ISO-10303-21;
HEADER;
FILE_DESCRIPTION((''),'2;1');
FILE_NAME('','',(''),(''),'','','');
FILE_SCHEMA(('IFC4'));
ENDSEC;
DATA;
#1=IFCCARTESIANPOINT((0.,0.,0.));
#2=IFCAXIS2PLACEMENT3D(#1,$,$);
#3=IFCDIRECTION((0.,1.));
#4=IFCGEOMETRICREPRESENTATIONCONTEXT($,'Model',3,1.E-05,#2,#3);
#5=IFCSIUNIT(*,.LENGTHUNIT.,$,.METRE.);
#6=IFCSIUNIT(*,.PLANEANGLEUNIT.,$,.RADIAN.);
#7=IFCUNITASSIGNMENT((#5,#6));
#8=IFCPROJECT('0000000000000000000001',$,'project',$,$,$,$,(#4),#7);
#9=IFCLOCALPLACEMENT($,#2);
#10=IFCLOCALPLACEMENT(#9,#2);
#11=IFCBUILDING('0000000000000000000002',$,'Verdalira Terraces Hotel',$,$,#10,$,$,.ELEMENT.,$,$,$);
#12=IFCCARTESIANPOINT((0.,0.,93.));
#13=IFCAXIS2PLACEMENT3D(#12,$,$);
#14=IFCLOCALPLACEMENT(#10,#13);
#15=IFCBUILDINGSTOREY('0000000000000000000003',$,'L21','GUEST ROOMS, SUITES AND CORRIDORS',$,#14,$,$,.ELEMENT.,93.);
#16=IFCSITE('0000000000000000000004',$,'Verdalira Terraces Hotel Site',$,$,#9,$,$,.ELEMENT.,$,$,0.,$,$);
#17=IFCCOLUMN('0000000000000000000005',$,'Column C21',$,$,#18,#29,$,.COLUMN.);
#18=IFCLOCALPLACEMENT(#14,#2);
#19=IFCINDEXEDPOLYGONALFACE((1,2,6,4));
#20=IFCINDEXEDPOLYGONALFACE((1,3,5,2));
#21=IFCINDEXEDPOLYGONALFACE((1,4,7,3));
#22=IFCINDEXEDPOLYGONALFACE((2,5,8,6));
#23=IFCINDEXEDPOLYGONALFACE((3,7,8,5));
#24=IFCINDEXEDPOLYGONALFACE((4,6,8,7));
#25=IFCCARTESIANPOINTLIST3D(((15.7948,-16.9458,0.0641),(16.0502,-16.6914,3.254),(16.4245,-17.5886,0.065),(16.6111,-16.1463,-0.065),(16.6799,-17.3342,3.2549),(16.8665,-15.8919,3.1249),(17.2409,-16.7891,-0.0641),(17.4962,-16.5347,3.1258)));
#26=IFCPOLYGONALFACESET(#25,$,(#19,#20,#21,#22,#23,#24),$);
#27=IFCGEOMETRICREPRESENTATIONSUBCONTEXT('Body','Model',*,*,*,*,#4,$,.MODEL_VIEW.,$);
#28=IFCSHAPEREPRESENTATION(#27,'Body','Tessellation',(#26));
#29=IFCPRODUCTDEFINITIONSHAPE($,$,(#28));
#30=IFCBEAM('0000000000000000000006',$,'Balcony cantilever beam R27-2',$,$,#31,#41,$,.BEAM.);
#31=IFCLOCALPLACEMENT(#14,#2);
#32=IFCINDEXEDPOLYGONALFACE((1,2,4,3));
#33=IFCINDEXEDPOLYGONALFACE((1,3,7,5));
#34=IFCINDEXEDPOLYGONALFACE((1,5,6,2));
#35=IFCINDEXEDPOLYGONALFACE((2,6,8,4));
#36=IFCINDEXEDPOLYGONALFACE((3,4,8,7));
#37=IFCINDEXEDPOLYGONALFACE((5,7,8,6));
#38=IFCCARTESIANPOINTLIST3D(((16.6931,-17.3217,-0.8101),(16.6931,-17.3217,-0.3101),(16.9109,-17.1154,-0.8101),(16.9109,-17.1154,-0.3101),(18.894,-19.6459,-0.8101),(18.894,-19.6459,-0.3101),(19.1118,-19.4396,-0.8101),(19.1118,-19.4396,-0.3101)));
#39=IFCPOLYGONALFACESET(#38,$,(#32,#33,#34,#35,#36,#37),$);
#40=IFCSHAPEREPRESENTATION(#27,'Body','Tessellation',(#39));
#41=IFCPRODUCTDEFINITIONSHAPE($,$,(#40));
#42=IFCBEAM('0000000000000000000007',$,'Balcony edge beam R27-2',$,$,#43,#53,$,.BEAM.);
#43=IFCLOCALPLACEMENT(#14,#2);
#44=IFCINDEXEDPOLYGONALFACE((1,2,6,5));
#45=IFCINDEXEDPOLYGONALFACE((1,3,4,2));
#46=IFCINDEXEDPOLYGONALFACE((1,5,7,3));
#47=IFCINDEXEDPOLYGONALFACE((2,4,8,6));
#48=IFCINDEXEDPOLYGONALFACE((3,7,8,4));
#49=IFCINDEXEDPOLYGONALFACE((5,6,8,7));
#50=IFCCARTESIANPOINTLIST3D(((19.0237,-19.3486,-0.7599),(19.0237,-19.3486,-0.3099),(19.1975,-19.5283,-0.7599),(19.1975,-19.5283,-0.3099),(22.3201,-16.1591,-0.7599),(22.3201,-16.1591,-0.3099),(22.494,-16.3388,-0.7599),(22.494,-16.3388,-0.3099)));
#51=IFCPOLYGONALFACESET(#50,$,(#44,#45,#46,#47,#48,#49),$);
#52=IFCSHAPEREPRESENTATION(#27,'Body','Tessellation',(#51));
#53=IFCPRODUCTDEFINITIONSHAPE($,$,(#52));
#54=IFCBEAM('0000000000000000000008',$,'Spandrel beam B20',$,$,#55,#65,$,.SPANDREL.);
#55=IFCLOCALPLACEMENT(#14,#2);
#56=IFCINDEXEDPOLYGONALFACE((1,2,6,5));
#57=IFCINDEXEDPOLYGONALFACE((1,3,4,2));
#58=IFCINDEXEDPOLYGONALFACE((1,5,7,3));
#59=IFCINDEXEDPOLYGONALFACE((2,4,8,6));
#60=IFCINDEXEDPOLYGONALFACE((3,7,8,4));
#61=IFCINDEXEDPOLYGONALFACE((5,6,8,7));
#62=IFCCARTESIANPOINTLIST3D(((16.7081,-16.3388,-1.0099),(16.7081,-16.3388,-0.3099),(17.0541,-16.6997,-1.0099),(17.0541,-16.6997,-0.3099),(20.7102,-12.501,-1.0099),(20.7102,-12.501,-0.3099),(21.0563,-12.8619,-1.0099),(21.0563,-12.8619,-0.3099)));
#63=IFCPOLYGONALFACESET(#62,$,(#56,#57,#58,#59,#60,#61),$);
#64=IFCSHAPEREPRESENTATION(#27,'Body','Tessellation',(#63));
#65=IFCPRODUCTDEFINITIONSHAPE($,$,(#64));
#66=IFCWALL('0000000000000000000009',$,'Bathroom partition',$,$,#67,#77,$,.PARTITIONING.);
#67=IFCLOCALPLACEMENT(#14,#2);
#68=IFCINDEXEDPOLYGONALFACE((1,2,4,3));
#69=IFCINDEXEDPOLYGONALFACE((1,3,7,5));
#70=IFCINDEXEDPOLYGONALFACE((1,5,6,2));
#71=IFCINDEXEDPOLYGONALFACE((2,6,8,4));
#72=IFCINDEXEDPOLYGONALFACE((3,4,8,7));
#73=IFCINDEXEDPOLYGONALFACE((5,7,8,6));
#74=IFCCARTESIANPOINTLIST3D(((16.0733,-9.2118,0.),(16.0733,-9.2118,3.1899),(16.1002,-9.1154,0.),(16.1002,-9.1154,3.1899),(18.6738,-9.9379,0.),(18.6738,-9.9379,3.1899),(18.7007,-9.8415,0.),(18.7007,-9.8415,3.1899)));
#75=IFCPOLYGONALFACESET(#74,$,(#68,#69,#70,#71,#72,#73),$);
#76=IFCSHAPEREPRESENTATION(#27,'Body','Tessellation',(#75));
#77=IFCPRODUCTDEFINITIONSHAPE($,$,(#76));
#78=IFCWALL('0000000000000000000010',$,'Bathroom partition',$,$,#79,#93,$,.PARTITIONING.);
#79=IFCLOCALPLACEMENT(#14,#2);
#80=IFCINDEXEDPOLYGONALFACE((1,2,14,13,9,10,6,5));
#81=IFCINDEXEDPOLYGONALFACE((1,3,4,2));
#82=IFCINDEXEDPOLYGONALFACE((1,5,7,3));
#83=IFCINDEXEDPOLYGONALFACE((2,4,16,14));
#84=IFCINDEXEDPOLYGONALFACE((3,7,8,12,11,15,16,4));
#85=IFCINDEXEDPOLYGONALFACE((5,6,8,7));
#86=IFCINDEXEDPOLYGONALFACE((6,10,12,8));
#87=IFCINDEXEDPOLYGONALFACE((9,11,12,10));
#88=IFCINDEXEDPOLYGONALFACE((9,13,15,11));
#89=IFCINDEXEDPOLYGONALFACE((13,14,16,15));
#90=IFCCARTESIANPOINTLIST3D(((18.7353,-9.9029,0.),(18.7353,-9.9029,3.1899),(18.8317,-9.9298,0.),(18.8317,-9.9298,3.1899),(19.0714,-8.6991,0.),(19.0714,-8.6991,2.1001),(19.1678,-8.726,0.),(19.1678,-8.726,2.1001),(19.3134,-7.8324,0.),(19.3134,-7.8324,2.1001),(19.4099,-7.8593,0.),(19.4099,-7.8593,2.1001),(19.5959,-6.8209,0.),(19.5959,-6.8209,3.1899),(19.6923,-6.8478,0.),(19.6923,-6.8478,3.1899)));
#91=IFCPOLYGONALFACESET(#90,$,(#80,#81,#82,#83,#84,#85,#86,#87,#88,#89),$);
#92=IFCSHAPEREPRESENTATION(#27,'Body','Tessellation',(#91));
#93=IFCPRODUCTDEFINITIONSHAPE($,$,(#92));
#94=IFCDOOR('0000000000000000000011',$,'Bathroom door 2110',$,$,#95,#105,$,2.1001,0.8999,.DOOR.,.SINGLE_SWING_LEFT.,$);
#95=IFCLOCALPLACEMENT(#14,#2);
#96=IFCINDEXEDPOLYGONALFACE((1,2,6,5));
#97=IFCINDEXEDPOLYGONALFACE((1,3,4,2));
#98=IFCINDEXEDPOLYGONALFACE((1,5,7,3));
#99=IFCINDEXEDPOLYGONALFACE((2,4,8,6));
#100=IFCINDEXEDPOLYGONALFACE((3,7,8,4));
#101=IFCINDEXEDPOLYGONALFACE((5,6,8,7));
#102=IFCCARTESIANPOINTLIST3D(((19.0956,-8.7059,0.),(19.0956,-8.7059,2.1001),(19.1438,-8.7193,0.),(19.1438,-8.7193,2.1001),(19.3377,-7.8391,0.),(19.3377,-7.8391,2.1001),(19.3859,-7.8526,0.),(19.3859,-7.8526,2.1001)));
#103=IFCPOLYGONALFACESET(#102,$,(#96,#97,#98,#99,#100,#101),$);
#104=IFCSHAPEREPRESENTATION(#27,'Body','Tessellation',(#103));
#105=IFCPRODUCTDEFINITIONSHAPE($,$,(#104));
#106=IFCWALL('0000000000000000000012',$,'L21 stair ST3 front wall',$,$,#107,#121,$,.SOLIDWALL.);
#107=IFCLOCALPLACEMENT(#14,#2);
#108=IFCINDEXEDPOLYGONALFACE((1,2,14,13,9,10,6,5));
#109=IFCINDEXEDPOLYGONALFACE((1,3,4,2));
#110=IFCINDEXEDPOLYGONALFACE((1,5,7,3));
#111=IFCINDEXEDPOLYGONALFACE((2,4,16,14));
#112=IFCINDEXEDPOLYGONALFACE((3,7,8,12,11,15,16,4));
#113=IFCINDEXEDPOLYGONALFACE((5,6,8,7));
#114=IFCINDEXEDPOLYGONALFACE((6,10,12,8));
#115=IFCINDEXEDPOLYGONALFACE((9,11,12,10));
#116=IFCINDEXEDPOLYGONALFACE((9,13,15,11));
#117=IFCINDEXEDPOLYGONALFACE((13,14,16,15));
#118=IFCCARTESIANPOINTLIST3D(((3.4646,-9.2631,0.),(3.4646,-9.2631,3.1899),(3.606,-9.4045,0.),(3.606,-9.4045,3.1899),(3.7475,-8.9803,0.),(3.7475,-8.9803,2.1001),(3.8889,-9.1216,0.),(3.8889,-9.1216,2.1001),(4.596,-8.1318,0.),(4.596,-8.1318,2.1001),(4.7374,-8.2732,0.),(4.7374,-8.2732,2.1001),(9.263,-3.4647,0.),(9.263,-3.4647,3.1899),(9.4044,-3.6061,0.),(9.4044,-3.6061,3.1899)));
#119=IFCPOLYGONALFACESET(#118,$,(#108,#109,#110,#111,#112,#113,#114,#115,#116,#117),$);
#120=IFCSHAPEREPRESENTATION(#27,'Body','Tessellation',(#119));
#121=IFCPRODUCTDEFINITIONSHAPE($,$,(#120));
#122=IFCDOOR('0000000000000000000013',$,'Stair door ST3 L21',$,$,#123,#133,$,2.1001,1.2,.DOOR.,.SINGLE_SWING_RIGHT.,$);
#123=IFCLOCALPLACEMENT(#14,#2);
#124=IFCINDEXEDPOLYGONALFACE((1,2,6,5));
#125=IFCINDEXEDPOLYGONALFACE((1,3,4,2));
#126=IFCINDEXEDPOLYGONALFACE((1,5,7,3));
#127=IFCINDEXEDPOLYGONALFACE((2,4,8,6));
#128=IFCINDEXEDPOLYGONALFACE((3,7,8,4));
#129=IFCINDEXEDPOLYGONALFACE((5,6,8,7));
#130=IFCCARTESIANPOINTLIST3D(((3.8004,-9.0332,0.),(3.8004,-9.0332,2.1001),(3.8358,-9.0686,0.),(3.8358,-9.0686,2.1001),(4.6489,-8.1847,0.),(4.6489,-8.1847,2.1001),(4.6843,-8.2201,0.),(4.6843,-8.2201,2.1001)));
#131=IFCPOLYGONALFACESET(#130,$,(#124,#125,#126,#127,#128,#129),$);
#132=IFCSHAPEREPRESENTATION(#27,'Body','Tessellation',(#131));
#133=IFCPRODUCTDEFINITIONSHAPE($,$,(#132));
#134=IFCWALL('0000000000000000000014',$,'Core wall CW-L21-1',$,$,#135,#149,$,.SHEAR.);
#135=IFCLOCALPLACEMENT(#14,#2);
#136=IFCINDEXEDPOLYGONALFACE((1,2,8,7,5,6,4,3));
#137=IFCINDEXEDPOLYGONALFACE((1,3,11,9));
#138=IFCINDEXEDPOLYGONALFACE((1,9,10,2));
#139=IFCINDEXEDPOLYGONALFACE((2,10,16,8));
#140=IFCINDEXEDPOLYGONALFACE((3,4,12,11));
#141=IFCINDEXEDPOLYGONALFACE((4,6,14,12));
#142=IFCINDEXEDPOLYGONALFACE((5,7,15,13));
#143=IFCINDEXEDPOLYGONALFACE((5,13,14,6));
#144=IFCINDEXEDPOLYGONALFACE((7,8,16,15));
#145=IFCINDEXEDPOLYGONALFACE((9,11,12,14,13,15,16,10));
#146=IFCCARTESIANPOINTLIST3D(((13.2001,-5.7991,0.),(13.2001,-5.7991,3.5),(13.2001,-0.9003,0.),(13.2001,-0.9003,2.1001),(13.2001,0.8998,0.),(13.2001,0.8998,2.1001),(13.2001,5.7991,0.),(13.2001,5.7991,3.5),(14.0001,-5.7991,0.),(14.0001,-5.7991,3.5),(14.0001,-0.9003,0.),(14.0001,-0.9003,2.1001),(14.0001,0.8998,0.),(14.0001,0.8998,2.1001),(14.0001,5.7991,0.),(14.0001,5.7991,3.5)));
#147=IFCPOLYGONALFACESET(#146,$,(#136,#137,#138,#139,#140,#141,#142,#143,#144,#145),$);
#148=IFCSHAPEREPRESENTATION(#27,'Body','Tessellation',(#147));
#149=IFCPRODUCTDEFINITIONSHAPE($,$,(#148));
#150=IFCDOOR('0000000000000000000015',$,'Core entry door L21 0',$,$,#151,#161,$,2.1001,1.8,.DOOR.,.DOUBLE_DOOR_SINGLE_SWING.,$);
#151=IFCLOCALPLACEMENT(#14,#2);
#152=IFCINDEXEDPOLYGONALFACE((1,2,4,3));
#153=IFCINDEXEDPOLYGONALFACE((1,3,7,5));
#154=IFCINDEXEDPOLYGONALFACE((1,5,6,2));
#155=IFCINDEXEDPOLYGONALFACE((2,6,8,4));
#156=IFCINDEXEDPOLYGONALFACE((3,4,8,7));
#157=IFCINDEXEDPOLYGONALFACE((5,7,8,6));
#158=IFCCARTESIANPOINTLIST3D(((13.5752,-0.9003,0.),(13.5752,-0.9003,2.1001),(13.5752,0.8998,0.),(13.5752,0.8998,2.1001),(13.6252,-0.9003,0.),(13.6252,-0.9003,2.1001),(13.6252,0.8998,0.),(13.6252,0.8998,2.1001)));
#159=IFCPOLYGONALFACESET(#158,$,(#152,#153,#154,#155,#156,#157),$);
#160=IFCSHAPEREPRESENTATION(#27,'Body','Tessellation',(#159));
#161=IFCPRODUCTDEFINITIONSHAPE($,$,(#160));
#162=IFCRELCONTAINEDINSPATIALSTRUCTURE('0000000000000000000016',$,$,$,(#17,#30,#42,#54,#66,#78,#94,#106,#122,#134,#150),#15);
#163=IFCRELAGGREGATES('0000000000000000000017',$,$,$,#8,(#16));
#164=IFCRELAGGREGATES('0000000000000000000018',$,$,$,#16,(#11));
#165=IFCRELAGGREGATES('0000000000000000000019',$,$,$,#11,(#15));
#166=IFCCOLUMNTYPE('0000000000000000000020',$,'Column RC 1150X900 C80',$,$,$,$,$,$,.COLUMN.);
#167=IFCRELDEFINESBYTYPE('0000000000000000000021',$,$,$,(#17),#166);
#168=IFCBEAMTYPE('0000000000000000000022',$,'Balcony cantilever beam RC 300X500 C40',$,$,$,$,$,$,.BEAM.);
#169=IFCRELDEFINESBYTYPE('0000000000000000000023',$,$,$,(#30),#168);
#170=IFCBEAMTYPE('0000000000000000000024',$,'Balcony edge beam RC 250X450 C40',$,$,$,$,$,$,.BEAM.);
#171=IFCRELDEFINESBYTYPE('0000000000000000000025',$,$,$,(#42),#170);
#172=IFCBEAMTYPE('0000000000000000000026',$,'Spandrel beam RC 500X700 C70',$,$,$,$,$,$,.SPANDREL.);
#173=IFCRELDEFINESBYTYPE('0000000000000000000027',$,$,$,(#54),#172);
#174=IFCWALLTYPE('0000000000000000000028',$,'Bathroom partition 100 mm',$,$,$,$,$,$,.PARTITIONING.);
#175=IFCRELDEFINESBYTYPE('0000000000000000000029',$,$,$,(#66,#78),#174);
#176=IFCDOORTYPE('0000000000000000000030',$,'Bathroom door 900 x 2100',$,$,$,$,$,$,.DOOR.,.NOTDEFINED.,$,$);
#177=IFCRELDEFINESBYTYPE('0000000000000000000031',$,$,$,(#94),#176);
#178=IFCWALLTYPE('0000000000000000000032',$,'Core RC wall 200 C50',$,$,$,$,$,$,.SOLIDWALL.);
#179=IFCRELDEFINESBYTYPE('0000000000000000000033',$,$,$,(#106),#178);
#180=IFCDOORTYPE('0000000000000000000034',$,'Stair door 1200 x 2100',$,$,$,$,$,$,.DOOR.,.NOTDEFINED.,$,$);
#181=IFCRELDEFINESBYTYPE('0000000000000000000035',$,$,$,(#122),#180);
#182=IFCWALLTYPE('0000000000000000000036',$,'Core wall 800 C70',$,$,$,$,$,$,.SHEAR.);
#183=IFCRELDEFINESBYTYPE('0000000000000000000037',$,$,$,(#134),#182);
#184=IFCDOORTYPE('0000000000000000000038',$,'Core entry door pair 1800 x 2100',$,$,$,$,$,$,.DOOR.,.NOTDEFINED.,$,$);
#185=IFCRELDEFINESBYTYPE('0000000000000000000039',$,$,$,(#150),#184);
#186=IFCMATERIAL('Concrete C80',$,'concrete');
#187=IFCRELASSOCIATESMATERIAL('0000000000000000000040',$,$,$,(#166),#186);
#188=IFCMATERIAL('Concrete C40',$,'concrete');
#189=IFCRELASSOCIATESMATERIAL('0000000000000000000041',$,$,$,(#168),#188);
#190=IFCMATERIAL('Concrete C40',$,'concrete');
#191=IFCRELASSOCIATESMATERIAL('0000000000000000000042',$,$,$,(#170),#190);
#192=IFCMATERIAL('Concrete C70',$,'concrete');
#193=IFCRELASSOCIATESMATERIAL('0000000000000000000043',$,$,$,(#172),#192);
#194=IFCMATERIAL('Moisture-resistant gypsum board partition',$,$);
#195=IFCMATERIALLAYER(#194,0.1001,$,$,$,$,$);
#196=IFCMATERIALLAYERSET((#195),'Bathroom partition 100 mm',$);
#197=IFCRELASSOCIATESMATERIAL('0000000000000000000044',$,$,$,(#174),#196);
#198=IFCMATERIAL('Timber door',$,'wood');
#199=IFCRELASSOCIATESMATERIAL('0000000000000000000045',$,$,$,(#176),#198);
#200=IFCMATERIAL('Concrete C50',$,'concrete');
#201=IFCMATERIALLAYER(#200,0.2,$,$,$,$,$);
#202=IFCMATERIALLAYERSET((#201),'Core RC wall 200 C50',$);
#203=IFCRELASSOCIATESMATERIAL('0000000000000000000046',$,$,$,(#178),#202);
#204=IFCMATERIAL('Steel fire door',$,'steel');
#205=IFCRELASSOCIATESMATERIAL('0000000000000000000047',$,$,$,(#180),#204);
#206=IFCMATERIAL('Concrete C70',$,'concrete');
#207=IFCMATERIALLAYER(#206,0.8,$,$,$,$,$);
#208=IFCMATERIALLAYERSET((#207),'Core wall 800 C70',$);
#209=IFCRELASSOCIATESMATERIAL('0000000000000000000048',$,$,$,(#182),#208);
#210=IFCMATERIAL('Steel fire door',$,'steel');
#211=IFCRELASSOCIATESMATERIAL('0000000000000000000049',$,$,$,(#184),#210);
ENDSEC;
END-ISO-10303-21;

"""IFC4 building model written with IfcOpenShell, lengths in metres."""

from ifc_helpers import new_model, si_unit, direction, frame, frame_2d, origin, origin_2d, place, context, subcontext, project, spatial, rectangle, extrude, material, layer, layer_set, material_profile, profile_set, type_object, element, fill, save


model = new_model("IFC4")

# Units and contexts
model_context = context("Model", 3, precision=1e-05, world=origin(), true_north=direction((0.0, 1.0)))
body_context = subcontext(model_context, "Body", "Model", "MODEL_VIEW")
ifc_project = project(units=[si_unit("LENGTHUNIT", "METRE"), si_unit("PLANEANGLEUNIT", "RADIAN")], contexts=[model_context])

# Site, building, storey
site_placement = place(None, origin())
site = spatial("IfcSite", under=ifc_project, at=site_placement, Name="Verdalira Terraces Hotel Site", CompositionType="ELEMENT", RefElevation=0.0)
building_placement = place(site_placement, origin())
building = spatial("IfcBuilding", under=site, at=building_placement, Name="Verdalira Terraces Hotel", CompositionType="ELEMENT")
storey_placement = place(building_placement, frame((0.0, 0.0, 93.0)))
storey = spatial("IfcBuildingStorey", under=building, at=storey_placement, Name="L21", Description="GUEST ROOMS, SUITES AND CORRIDORS", CompositionType="ELEMENT", Elevation=93.0)

# Column
ifc_material_1 = material(Name="Concrete C80", Category="concrete")
ifc_material_profile_1 = material_profile(ifc_material_1, rectangle(XDim=1.1499, YDim=0.8999, at=origin_2d()), Name="RC 1150X900")
ifc_profile_set_1 = profile_set([ifc_material_profile_1], Name="Concrete C80")
column_type = type_object("IfcColumnType", Name="Column RC 1150X900 C80", PredefinedType="COLUMN", material=ifc_profile_set_1)
column_placement = place(storey_placement, frame((16.5178, -16.8674, 0.0), z_axis=(0.079549, 0.079245, 0.993676), x_axis=(0.709905, 0.695289, -0.11228)))
element("IfcColumn", 1, at=column_placement, inside=storey, type_object=column_type, Name="Column C21", PredefinedType="COLUMN", context=body_context, shape_type="SweptSolid", body=[
    extrude(rectangle(XDim=1.1499, YDim=0.8999, at=origin_2d()), origin(), (0.0, 0.0, 1.0), 3.2102),
])

# Beams
ifc_material_2 = material(Name="Concrete C40", Category="concrete")
ifc_material_profile_2 = material_profile(ifc_material_2, rectangle(XDim=0.3, YDim=0.5, at=origin_2d()), Name="RC 300X500")
ifc_profile_set_2 = profile_set([ifc_material_profile_2], Name="Concrete C40")
beam_type_1 = type_object("IfcBeamType", Name="Balcony cantilever beam RC 300X500 C40", PredefinedType="BEAM", material=ifc_profile_set_2)
beam_1_placement = place(storey_placement, frame((16.802, -17.2185, -0.5601), z_axis=(0.687586, -0.726103, 0.0), x_axis=(0.726103, 0.687586, 0.0)))
element("IfcBeam", 2, at=beam_1_placement, inside=storey, type_object=beam_type_1, Name="Balcony cantilever beam R27-2", PredefinedType="BEAM", context=body_context, shape_type="SweptSolid", body=[
    extrude(rectangle(XDim=0.3, YDim=0.5, at=origin_2d()), origin(), (0.0, 0.0, 1.0), 3.2009),
])
ifc_material_3 = material(Name="Concrete C40", Category="concrete")
ifc_material_profile_3 = material_profile(ifc_material_3, rectangle(XDim=0.25, YDim=0.45, at=origin_2d()), Name="RC 250X450")
ifc_profile_set_3 = profile_set([ifc_material_profile_3], Name="Concrete C40")
beam_type_2 = type_object("IfcBeamType", Name="Balcony edge beam RC 250X450 C40", PredefinedType="BEAM", material=ifc_profile_set_3)
beam_2_placement = place(storey_placement, frame((19.1106, -19.4385, -0.5349), z_axis=(0.718667, 0.695354, 0.0), x_axis=(-0.695354, 0.718667, 0.0)))
element("IfcBeam", 3, at=beam_2_placement, inside=storey, type_object=beam_type_2, Name="Balcony edge beam R27-2", PredefinedType="BEAM", context=body_context, shape_type="SweptSolid", body=[
    extrude(rectangle(XDim=0.25, YDim=0.45, at=origin_2d()), origin(), (0.0, 0.0, 1.0), 4.5869),
])
ifc_material_4 = material(Name="Concrete C70", Category="concrete")
ifc_material_profile_4 = material_profile(ifc_material_4, rectangle(XDim=0.5, YDim=0.7, at=origin_2d()), Name="RC 500X700")
ifc_profile_set_4 = profile_set([ifc_material_profile_4], Name="Concrete C70")
beam_type_3 = type_object("IfcBeamType", Name="Spandrel beam RC 500X700 C70", PredefinedType="SPANDREL", material=ifc_profile_set_4)
beam_3_placement = place(storey_placement, frame((16.8811, -16.5193, -0.6599), z_axis=(0.721767, 0.692136, 0.0), x_axis=(-0.692136, 0.721767, 0.0)))
element("IfcBeam", 4, at=beam_3_placement, inside=storey, type_object=beam_type_3, Name="Spandrel beam B20", PredefinedType="SPANDREL", context=body_context, shape_type="SweptSolid", body=[
    extrude(rectangle(XDim=0.5, YDim=0.7, at=origin_2d()), origin(), (0.0, 0.0, 1.0), 5.5449),
])

# Wall
ifc_material_5 = material(Name="Moisture-resistant gypsum board partition")
ifc_layer_1 = layer(ifc_material_5, 0.1001)
ifc_layer_set_1 = layer_set([ifc_layer_1], Name="Bathroom partition 100 mm")
wall_type_1 = type_object("IfcWallType", Name="Bathroom partition 100 mm", PredefinedType="PARTITIONING", material=ifc_layer_set_1)
wall_1_placement = place(storey_placement, frame((16.0867, -9.1636, 0.0), z_axis=(0.0, 0.0, 1.0), x_axis=(0.963165, -0.268912, 0.0)))
element("IfcWall", 5, at=wall_1_placement, inside=storey, type_object=wall_type_1, Name="Bathroom partition", PredefinedType="PARTITIONING", context=body_context, shape_type="SweptSolid", body=[
    extrude(rectangle(XDim=2.7, YDim=0.1001, at=frame_2d((1.3501, 0.0))), origin(), (0.0, 0.0, 1.0), 3.1899),
])

# Walls, openings, doors
wall_2_placement = place(storey_placement, frame((18.7834, -9.9165, 0.0), z_axis=(0.0, 0.0, 1.0), x_axis=(0.268942, 0.963156, 0.0)))
wall_2 = element("IfcWall", 6, at=wall_2_placement, inside=storey, type_object=wall_type_1, Name="Bathroom partition", PredefinedType="PARTITIONING", context=body_context, shape_type="SweptSolid", body=[
    extrude(rectangle(XDim=3.2, YDim=0.1001, at=frame_2d((1.6001, 0.0))), origin(), (0.0, 0.0, 1.0), 3.1899),
])
opening_1_placement = place(wall_2_placement, frame((1.25, 0.0, 0.0)))
opening_1 = element("IfcOpeningElement", 7, at=opening_1_placement, cuts=wall_2, PredefinedType="OPENING", context=body_context, shape_type="SweptSolid", body=[
    extrude(rectangle(XDim=0.8999, YDim=2.1001, at=frame_2d((0.45, 1.05))), frame((0.0, 0.0601, 0.0), z_axis=(0.0, -1.0, 0.0), x_axis=(1.0, 0.0, 0.0)), (0.0, 0.0, 1.0), 0.1201),
])
ifc_material_6 = material(Name="Timber door", Category="wood")
door_type_1 = type_object("IfcDoorType", Name="Bathroom door 900 x 2100", OperationType="NOTDEFINED", PredefinedType="DOOR", material=ifc_material_6)
door_1_placement = place(opening_1_placement, origin())
door_1 = element("IfcDoor", 8, at=door_1_placement, inside=storey, type_object=door_type_1, Name="Bathroom door 2110", OperationType="SINGLE_SWING_LEFT", OverallHeight=2.1001, OverallWidth=0.8999, PredefinedType="DOOR", context=body_context, shape_type="SweptSolid", body=[
    extrude(rectangle(XDim=0.8999, YDim=2.1001, at=frame_2d((0.45, 1.05))), frame((0.0, 0.0249, 0.0), z_axis=(0.0, -1.0, 0.0), x_axis=(1.0, 0.0, 0.0)), (0.0, 0.0, 1.0), 0.05),
])
fill(opening_1, door_1)
ifc_material_7 = material(Name="Concrete C50", Category="concrete")
ifc_layer_2 = layer(ifc_material_7, 0.2)
ifc_layer_set_2 = layer_set([ifc_layer_2], Name="Core RC wall 200 C50")
wall_type_2 = type_object("IfcWallType", Name="Core RC wall 200 C50", PredefinedType="SOLIDWALL", material=ifc_layer_set_2)
wall_3_placement = place(storey_placement, frame((9.3337, -3.5354, 0.0), z_axis=(0.0, 0.0, 1.0), x_axis=(-0.707107, -0.707107, 0.0)))
wall_3 = element("IfcWall", 9, at=wall_3_placement, inside=storey, type_object=wall_type_2, Name="L21 stair ST3 front wall", PredefinedType="SOLIDWALL", context=body_context, shape_type="SweptSolid", body=[
    extrude(rectangle(XDim=8.2002, YDim=0.2, at=frame_2d((4.1001, 0.0))), origin(), (0.0, 0.0, 1.0), 3.1899),
])
opening_2_placement = place(wall_3_placement, frame((6.6001, 0.0, 0.0)))
opening_2 = element("IfcOpeningElement", 10, at=opening_2_placement, cuts=wall_3, PredefinedType="OPENING", context=body_context, shape_type="SweptSolid", body=[
    extrude(rectangle(XDim=1.2, YDim=2.1001, at=frame_2d((0.6001, 1.05))), frame((0.0, 0.1099, 0.0), z_axis=(0.0, -1.0, 0.0), x_axis=(1.0, 0.0, 0.0)), (0.0, 0.0, 1.0), 0.22),
])
ifc_material_8 = material(Name="Steel fire door", Category="steel")
door_type_2 = type_object("IfcDoorType", Name="Stair door 1200 x 2100", OperationType="NOTDEFINED", PredefinedType="DOOR", material=ifc_material_8)
door_2_placement = place(opening_2_placement, origin())
door_2 = element("IfcDoor", 11, at=door_2_placement, inside=storey, type_object=door_type_2, Name="Stair door ST3 L21", OperationType="SINGLE_SWING_RIGHT", OverallHeight=2.1001, OverallWidth=1.2, PredefinedType="DOOR", context=body_context, shape_type="SweptSolid", body=[
    extrude(rectangle(XDim=1.2, YDim=2.1001, at=frame_2d((0.6001, 1.05))), frame((0.0, 0.0249, 0.0), z_axis=(0.0, -1.0, 0.0), x_axis=(1.0, 0.0, 0.0)), (0.0, 0.0, 1.0), 0.05),
])
fill(opening_2, door_2)
ifc_material_9 = material(Name="Concrete C70", Category="concrete")
ifc_layer_3 = layer(ifc_material_9, 0.8)
ifc_layer_set_3 = layer_set([ifc_layer_3], Name="Core wall 800 C70")
wall_type_3 = type_object("IfcWallType", Name="Core wall 800 C70", PredefinedType="SHEAR", material=ifc_layer_set_3)
wall_4_placement = place(storey_placement, frame((13.6001, -5.7991, 0.0), z_axis=(0.0, 0.0, 1.0), x_axis=(0.0, 1.0, 0.0)))
wall_4 = element("IfcWall", 12, at=wall_4_placement, inside=storey, type_object=wall_type_3, Name="Core wall CW-L21-1", PredefinedType="SHEAR", context=body_context, shape_type="SweptSolid", body=[
    extrude(rectangle(XDim=11.5981, YDim=0.8, at=frame_2d((5.7991, 0.0))), origin(), (0.0, 0.0, 1.0), 3.5),
])
opening_3_placement = place(wall_4_placement, frame((4.8989, 0.0, 0.0)))
opening_3 = element("IfcOpeningElement", 13, at=opening_3_placement, cuts=wall_4, PredefinedType="OPENING", context=body_context, shape_type="SweptSolid", body=[
    extrude(rectangle(XDim=1.8, YDim=2.1001, at=frame_2d((0.8999, 1.05))), frame((0.0, 0.4099, 0.0), z_axis=(0.0, -1.0, 0.0), x_axis=(1.0, 0.0, 0.0)), (0.0, 0.0, 1.0), 0.8201),
])
ifc_material_10 = material(Name="Steel fire door", Category="steel")
door_type_3 = type_object("IfcDoorType", Name="Core entry door pair 1800 x 2100", OperationType="NOTDEFINED", PredefinedType="DOOR", material=ifc_material_10)
door_3_placement = place(opening_3_placement, origin())
door_3 = element("IfcDoor", 14, at=door_3_placement, inside=storey, type_object=door_type_3, Name="Core entry door L21 0", OperationType="DOUBLE_DOOR_SINGLE_SWING", OverallHeight=2.1001, OverallWidth=1.8, PredefinedType="DOOR", context=body_context, shape_type="SweptSolid", body=[
    extrude(rectangle(XDim=1.8, YDim=2.1001, at=frame_2d((0.8999, 1.05))), frame((0.0, 0.0249, 0.0), z_axis=(0.0, -1.0, 0.0), x_axis=(1.0, 0.0, 0.0)), (0.0, 0.0, 1.0), 0.05),
])
fill(opening_3, door_3)

save(model, "model.ifc")
